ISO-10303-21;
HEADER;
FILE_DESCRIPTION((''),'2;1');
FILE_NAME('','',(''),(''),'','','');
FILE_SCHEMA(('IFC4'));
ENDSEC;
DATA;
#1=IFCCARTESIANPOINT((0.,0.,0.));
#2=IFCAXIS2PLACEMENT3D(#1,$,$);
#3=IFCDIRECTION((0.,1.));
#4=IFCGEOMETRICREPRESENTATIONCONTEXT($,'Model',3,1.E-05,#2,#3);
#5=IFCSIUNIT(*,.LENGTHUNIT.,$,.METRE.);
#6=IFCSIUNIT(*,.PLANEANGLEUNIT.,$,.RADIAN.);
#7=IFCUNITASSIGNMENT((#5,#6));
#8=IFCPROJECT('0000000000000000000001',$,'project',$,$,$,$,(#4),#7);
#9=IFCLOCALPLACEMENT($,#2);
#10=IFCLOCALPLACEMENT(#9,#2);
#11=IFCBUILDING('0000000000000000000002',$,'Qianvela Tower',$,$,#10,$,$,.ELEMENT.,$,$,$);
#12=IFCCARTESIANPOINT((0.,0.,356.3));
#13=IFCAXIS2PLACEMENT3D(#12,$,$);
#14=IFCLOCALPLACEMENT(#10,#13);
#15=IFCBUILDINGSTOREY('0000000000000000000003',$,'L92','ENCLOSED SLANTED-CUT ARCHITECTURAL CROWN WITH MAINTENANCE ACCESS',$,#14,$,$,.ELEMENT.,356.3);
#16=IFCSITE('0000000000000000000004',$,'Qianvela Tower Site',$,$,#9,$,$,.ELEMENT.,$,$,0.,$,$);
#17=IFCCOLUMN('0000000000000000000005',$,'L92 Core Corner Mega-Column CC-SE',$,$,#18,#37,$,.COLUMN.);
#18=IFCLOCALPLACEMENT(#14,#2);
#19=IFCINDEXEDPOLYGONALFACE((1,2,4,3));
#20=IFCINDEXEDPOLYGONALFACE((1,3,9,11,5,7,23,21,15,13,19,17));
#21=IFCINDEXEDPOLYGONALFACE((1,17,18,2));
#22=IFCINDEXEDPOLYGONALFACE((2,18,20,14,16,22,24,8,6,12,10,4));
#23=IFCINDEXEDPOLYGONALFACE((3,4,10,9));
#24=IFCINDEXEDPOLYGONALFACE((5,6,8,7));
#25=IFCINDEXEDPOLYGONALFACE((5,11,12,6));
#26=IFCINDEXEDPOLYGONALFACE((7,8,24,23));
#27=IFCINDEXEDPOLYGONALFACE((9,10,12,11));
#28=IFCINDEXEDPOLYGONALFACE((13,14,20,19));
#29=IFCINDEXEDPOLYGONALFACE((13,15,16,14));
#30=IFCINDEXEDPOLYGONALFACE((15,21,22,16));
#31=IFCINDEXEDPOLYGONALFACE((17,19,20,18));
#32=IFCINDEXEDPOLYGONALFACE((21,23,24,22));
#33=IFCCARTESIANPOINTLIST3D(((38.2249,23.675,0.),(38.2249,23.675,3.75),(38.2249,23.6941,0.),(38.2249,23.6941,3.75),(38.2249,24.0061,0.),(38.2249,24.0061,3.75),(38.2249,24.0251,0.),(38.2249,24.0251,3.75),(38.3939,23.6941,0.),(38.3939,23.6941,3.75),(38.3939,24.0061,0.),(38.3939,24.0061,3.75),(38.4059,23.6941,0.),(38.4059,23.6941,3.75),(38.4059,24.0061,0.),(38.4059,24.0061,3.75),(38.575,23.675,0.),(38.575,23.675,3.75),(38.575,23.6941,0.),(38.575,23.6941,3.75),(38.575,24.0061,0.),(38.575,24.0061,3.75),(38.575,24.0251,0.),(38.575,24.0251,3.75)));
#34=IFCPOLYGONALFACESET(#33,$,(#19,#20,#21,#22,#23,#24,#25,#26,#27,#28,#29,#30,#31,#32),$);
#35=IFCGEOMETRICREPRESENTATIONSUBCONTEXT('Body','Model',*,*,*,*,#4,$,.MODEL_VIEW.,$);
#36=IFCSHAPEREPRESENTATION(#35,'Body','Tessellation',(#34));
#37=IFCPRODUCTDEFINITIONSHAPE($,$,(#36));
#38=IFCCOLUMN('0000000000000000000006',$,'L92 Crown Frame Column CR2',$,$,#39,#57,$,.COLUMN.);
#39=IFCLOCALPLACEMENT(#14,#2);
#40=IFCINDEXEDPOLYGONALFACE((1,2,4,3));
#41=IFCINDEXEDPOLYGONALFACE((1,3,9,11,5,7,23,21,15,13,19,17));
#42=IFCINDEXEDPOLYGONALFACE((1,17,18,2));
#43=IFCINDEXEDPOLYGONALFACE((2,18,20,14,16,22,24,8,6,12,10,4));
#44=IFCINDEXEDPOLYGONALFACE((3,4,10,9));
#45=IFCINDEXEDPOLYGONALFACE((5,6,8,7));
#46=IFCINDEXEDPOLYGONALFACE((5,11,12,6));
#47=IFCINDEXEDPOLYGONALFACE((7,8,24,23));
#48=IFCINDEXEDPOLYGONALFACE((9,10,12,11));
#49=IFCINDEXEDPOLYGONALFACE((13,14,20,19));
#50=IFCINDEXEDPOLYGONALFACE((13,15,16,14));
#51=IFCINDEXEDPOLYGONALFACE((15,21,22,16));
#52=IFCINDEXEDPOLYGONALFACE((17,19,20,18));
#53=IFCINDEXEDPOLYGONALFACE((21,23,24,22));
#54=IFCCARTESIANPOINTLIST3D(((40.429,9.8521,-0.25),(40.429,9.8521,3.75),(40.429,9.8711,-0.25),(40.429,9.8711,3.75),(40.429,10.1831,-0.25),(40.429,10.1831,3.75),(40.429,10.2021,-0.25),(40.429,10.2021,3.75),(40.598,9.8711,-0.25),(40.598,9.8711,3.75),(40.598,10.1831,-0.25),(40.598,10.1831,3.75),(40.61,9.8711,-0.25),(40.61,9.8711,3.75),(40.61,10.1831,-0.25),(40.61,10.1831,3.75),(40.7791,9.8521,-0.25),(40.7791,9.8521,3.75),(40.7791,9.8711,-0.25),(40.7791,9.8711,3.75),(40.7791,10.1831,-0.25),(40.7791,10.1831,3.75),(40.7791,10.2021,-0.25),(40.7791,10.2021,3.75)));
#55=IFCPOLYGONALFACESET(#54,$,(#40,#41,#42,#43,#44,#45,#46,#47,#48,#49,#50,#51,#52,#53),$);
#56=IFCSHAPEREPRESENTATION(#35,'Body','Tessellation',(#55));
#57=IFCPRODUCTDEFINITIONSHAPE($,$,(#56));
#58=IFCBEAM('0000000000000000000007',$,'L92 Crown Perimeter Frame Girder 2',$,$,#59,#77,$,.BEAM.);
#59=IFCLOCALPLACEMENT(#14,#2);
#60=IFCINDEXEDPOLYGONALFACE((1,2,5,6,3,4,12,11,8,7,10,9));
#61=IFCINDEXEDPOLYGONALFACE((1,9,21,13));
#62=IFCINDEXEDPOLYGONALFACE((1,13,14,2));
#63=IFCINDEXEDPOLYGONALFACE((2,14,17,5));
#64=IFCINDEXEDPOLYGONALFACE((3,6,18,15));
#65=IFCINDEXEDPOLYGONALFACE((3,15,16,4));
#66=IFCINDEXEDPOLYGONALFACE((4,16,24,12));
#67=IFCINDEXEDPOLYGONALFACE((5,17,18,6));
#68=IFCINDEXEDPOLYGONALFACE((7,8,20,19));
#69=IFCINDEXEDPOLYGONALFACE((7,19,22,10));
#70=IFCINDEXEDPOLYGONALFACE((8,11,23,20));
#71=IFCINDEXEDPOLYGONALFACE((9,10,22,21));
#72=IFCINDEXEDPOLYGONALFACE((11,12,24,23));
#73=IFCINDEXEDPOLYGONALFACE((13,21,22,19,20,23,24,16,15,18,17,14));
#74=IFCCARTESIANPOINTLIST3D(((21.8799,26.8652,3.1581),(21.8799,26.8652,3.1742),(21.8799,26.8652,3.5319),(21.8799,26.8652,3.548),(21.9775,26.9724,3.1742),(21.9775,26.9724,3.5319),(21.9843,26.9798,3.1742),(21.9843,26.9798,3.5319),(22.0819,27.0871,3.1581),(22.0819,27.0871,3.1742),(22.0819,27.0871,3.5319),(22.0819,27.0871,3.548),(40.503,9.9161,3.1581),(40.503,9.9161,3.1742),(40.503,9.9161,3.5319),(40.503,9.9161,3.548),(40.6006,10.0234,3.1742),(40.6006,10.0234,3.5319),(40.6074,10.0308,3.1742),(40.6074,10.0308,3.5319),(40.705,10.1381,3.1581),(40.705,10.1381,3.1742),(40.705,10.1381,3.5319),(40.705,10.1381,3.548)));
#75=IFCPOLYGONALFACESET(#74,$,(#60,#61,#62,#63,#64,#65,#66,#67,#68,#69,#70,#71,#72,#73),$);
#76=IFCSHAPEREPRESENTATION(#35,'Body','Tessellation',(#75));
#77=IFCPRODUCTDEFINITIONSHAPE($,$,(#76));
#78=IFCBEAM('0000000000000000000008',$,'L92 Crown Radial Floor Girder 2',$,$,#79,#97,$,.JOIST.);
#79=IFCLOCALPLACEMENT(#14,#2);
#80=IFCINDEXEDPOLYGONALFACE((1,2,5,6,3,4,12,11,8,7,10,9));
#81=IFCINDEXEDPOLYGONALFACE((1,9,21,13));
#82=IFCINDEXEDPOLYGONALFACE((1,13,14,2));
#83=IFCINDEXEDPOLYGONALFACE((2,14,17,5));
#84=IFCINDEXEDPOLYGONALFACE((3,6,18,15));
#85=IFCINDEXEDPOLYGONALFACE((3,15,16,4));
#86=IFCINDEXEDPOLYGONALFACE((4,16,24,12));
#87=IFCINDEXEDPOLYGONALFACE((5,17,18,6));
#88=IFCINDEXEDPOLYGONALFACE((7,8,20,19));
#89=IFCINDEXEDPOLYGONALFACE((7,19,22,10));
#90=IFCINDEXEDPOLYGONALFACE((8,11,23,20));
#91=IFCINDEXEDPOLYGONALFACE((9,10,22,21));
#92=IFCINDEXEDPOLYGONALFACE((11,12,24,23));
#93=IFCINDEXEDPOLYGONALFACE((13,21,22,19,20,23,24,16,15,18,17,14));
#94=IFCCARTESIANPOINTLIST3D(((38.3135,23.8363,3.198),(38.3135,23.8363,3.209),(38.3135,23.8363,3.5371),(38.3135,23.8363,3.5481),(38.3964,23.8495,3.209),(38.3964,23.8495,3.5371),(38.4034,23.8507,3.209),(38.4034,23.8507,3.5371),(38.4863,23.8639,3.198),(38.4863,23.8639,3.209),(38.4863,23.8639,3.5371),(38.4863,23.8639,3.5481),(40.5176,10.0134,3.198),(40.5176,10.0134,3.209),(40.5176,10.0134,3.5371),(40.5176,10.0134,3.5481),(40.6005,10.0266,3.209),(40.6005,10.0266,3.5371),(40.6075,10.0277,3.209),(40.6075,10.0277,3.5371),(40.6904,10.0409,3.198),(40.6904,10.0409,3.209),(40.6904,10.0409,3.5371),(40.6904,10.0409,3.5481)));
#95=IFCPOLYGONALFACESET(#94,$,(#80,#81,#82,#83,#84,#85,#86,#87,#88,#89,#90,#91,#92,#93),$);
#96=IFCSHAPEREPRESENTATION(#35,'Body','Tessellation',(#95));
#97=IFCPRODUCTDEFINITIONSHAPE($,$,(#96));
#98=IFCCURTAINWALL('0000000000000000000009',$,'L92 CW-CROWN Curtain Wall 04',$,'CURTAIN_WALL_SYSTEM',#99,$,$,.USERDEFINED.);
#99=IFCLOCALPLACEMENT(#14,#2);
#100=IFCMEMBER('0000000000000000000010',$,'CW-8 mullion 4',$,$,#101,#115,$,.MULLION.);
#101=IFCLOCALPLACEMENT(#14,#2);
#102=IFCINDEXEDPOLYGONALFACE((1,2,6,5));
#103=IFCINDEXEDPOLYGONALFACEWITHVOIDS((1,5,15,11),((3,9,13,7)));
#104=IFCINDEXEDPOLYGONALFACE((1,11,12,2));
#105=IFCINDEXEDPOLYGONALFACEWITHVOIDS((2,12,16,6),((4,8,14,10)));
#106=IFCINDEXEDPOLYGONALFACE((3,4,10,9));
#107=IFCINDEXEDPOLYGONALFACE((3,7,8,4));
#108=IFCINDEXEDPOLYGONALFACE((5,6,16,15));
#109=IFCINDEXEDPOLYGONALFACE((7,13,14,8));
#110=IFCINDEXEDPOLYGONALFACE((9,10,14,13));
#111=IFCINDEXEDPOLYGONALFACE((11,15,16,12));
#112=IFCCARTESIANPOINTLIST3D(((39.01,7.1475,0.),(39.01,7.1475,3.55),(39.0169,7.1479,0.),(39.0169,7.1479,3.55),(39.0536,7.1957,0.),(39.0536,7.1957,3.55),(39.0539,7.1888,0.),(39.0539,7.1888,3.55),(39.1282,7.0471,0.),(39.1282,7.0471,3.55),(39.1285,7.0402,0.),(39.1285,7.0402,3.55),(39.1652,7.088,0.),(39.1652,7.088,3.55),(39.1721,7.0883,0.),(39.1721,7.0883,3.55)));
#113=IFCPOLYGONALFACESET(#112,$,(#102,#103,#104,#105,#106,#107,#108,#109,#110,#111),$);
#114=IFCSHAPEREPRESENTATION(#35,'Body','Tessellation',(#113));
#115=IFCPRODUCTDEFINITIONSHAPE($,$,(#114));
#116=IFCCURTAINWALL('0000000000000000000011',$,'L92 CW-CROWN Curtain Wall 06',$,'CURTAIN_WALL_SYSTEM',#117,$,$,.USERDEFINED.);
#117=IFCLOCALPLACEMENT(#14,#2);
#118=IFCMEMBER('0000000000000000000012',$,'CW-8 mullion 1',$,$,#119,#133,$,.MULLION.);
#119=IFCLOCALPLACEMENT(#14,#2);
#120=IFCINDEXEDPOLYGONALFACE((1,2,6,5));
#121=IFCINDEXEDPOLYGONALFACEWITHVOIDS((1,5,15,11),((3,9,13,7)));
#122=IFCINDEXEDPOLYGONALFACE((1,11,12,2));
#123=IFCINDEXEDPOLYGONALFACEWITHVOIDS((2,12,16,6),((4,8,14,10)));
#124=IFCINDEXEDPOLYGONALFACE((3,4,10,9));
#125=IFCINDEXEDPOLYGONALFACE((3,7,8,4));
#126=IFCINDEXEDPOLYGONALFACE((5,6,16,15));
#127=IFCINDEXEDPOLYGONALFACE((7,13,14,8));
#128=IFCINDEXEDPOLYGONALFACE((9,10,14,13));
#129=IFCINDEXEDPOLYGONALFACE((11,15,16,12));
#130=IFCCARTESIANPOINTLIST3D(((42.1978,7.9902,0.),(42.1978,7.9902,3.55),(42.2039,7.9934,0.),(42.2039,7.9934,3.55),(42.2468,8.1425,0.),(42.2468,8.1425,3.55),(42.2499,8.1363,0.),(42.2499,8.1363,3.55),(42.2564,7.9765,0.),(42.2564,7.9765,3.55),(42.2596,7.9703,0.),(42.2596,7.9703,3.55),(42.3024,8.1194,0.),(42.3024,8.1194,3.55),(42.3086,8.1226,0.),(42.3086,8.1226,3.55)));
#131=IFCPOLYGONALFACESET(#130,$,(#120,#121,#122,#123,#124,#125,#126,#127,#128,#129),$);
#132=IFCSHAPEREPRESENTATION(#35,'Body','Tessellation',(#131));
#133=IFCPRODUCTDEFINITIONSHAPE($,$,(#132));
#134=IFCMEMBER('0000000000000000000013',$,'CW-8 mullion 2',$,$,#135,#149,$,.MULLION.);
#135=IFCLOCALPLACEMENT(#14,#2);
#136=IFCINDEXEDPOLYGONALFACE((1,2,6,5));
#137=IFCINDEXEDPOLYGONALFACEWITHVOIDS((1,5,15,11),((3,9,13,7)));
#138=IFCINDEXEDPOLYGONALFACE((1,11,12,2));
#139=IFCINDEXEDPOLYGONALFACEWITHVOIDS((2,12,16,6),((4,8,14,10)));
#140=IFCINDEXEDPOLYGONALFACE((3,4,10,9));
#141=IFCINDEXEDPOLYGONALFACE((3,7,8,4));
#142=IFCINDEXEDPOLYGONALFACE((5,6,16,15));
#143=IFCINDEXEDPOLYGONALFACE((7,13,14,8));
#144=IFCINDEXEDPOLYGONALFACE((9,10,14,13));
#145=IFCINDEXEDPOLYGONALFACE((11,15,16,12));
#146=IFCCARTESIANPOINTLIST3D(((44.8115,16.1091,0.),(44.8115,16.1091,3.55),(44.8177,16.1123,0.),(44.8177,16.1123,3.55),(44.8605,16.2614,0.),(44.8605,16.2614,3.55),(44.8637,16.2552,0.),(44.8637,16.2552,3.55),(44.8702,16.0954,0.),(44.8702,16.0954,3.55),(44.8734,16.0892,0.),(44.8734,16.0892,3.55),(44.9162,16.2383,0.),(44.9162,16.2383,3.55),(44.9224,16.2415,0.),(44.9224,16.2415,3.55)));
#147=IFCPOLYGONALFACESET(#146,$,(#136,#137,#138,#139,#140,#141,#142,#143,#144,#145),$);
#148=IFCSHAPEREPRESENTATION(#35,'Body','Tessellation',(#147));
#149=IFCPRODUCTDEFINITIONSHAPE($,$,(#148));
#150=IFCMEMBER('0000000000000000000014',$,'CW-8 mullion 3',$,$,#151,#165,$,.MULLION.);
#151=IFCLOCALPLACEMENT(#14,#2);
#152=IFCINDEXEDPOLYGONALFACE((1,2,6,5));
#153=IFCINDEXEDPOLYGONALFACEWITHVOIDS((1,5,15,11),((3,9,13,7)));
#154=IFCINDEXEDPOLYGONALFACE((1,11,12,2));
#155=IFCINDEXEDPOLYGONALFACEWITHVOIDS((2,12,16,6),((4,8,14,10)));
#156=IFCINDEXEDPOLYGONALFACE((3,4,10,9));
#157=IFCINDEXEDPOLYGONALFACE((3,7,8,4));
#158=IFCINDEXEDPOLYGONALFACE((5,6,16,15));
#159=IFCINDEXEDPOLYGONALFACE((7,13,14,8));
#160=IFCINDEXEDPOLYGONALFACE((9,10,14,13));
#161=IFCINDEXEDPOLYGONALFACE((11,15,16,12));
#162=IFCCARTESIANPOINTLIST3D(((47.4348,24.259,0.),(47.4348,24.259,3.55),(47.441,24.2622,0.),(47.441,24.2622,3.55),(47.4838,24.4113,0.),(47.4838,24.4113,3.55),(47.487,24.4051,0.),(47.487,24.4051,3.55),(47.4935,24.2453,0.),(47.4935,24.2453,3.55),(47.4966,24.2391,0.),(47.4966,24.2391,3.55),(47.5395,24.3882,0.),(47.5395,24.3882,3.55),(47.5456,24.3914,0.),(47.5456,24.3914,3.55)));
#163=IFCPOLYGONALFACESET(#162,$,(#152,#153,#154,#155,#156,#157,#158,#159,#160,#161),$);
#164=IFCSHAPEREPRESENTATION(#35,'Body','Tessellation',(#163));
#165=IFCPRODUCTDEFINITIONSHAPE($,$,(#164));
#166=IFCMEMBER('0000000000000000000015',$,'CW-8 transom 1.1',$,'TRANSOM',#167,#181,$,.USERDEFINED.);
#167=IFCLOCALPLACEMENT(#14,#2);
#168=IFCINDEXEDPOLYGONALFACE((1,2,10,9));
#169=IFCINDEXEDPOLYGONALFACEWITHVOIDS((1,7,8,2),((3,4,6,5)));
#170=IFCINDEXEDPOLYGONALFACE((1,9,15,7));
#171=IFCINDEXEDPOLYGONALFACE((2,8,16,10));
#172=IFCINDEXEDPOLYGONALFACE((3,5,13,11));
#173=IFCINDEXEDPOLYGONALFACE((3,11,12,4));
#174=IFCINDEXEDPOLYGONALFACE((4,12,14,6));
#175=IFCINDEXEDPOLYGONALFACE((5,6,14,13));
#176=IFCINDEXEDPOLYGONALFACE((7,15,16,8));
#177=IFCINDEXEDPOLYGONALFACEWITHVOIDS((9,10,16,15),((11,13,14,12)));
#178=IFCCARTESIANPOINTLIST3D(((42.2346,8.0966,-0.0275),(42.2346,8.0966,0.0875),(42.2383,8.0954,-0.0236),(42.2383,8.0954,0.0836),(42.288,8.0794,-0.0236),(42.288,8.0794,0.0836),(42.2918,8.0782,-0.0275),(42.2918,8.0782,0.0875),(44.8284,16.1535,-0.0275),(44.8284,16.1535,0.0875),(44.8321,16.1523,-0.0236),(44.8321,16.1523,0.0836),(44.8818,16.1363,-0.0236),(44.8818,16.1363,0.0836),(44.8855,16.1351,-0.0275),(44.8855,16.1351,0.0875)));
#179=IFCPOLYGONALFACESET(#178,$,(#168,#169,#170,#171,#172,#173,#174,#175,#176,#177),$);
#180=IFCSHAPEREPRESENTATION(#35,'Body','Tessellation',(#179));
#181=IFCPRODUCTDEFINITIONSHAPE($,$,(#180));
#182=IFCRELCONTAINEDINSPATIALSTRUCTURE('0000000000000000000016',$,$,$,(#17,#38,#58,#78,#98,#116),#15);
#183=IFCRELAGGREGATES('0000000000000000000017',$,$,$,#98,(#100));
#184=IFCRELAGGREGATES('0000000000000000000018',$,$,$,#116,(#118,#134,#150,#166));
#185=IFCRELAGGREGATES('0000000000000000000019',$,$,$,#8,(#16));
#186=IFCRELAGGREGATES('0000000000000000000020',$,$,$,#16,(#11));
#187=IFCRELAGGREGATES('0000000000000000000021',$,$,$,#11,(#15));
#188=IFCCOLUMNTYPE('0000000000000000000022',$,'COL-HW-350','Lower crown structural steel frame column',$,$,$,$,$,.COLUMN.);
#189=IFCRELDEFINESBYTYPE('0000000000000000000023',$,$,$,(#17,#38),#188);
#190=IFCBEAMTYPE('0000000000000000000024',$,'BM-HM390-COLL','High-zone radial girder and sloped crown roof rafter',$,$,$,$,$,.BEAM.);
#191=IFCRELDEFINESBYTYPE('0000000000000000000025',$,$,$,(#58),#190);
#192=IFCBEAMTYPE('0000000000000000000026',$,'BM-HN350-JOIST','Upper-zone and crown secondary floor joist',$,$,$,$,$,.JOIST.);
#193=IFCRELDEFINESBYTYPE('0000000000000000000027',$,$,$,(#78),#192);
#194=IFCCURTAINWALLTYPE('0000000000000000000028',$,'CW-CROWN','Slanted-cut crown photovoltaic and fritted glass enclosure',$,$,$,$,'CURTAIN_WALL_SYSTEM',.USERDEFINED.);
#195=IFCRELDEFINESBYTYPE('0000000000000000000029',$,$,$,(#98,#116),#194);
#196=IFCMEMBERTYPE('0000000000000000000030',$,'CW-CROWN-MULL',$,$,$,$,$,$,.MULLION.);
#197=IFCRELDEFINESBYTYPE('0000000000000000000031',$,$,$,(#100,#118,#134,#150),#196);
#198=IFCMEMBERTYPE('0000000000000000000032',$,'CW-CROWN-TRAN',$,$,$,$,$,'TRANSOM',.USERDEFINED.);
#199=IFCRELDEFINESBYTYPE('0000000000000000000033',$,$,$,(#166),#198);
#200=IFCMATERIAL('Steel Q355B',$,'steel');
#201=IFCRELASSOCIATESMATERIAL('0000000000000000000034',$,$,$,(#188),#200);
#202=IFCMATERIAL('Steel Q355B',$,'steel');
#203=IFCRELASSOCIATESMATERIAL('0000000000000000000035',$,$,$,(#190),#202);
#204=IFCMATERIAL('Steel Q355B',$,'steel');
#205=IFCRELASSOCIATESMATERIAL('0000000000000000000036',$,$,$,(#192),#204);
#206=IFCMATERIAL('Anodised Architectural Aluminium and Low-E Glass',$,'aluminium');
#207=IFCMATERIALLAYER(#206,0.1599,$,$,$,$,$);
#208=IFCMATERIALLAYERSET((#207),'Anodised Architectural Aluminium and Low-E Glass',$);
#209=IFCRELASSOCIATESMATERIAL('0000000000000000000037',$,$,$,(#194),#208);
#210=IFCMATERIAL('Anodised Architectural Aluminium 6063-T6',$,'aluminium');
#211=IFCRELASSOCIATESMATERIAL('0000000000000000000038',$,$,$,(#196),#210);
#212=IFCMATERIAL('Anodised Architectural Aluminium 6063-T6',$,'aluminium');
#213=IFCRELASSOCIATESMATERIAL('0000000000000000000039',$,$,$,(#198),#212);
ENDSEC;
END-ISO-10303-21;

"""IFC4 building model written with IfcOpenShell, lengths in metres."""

from ifc_helpers import new_model, si_unit, direction, frame, origin, origin_2d, place, context, subcontext, project, spatial, hollow_rectangle, i_section, extrude, material, layer, layer_set, material_profile, profile_set, type_object, element, aggregate, save


model = new_model("IFC4")

# Units and contexts
model_context = context("Model", 3, precision=1e-05, world=origin(), true_north=direction((0.0, 1.0)))
body_context = subcontext(model_context, "Body", "Model", "MODEL_VIEW")
ifc_project = project(units=[si_unit("LENGTHUNIT", "METRE"), si_unit("PLANEANGLEUNIT", "RADIAN")], contexts=[model_context])

# Site, building, storey
site_placement = place(None, origin())
site = spatial("IfcSite", under=ifc_project, at=site_placement, Name="Qianvela Tower Site", CompositionType="ELEMENT", RefElevation=0.0)
building_placement = place(site_placement, origin())
building = spatial("IfcBuilding", under=site, at=building_placement, Name="Qianvela Tower", CompositionType="ELEMENT")
storey_placement = place(building_placement, frame((0.0, 0.0, 356.3)))
storey = spatial("IfcBuildingStorey", under=building, at=storey_placement, Name="L92", Description="ENCLOSED SLANTED-CUT ARCHITECTURAL CROWN WITH MAINTENANCE ACCESS", CompositionType="ELEMENT", Elevation=356.3)

# Columns
ifc_material_1 = material(Name="Steel Q355B", Category="steel")
ifc_material_profile_1 = material_profile(ifc_material_1, i_section(OverallWidth=0.3501, OverallDepth=0.3501, WebThickness=0.012, FlangeThickness=0.019, at=origin_2d()), Name="HW350x350x12x19")
ifc_profile_set_1 = profile_set([ifc_material_profile_1], Name="Steel Q355B")
column_type = type_object("IfcColumnType", Name="COL-HW-350", Description="Lower crown structural steel frame column", PredefinedType="COLUMN", material=ifc_profile_set_1)
column_1_placement = place(storey_placement, frame((38.3999, 23.8501, 0.0), z_axis=(0.0, 0.0, 1.0), x_axis=(1.0, 0.0, 0.0)))
element("IfcColumn", 1, at=column_1_placement, inside=storey, type_object=column_type, Name="L92 Core Corner Mega-Column CC-SE", PredefinedType="COLUMN", context=body_context, shape_type="SweptSolid", body=[
    extrude(i_section(OverallWidth=0.3501, OverallDepth=0.3501, WebThickness=0.012, FlangeThickness=0.019, at=origin_2d()), origin(), (0.0, 0.0, 1.0), 3.75),
])
column_2_placement = place(storey_placement, frame((40.604, 10.0271, -0.25), z_axis=(0.0, 0.0, 1.0), x_axis=(1.0, 0.0, 0.0)))
element("IfcColumn", 2, at=column_2_placement, inside=storey, type_object=column_type, Name="L92 Crown Frame Column CR2", PredefinedType="COLUMN", context=body_context, shape_type="SweptSolid", body=[
    extrude(i_section(OverallWidth=0.3501, OverallDepth=0.3501, WebThickness=0.012, FlangeThickness=0.019, at=origin_2d()), origin(), (0.0, 0.0, 1.0), 4.0),
])

# Beams
ifc_material_2 = material(Name="Steel Q355B", Category="steel")
ifc_material_profile_2 = material_profile(ifc_material_2, i_section(OverallWidth=0.3, OverallDepth=0.3899, WebThickness=0.01, FlangeThickness=0.0161, at=origin_2d()), Name="HM390x300x10x16")
ifc_profile_set_2 = profile_set([ifc_material_profile_2], Name="Steel Q355B")
beam_type_1 = type_object("IfcBeamType", Name="BM-HM390-COLL", Description="High-zone radial girder and sloped crown roof rafter", PredefinedType="BEAM", material=ifc_profile_set_2)
beam_1_placement = place(storey_placement, frame((40.604, 10.0271, 3.353), z_axis=(-0.739566, 0.673084, 0.0), x_axis=(-0.673084, -0.739566, 0.0)))
element("IfcBeam", 3, at=beam_1_placement, inside=storey, type_object=beam_type_1, Name="L92 Crown Perimeter Frame Girder 2", PredefinedType="BEAM", context=body_context, shape_type="SweptSolid", body=[
    extrude(i_section(OverallWidth=0.3, OverallDepth=0.3899, WebThickness=0.01, FlangeThickness=0.0161, at=origin_2d()), origin(), (0.0, 0.0, 1.0), 25.1812),
])
ifc_material_3 = material(Name="Steel Q355B", Category="steel")
ifc_material_profile_3 = material_profile(ifc_material_3, i_section(OverallWidth=0.175, OverallDepth=0.3501, WebThickness=0.0071, FlangeThickness=0.011, at=origin_2d()), Name="HN350x175x7x11")
ifc_profile_set_3 = profile_set([ifc_material_profile_3], Name="Steel Q355B")
beam_type_2 = type_object("IfcBeamType", Name="BM-HN350-JOIST", Description="Upper-zone and crown secondary floor joist", PredefinedType="JOIST", material=ifc_profile_set_3)
beam_2_placement = place(storey_placement, frame((38.3999, 23.8501, 3.373), z_axis=(0.157463, -0.987525, 0.0), x_axis=(0.987525, 0.157463, 0.0)))
element("IfcBeam", 4, at=beam_2_placement, inside=storey, type_object=beam_type_2, Name="L92 Crown Radial Floor Girder 2", PredefinedType="JOIST", context=body_context, shape_type="SweptSolid", body=[
    extrude(i_section(OverallWidth=0.175, OverallDepth=0.3501, WebThickness=0.0071, FlangeThickness=0.011, at=origin_2d()), origin(), (0.0, 0.0, 1.0), 13.9976),
])

# Curtain wall, member
ifc_material_4 = material(Name="Anodised Architectural Aluminium and Low-E Glass", Category="aluminium")
ifc_layer_1 = layer(ifc_material_4, 0.1599)
ifc_layer_set_1 = layer_set([ifc_layer_1], Name="Anodised Architectural Aluminium and Low-E Glass")
curtain_wall_type = type_object("IfcCurtainWallType", Name="CW-CROWN", Description="Slanted-cut crown photovoltaic and fritted glass enclosure", ElementType="CURTAIN_WALL_SYSTEM", PredefinedType="USERDEFINED", material=ifc_layer_set_1)
curtain_wall_1_placement = place(storey_placement, origin())
curtain_wall_1 = element("IfcCurtainWall", 5, at=curtain_wall_1_placement, inside=storey, type_object=curtain_wall_type, Name="L92 CW-CROWN Curtain Wall 04", ObjectType="CURTAIN_WALL_SYSTEM", PredefinedType="USERDEFINED")
ifc_material_5 = material(Name="Anodised Architectural Aluminium 6063-T6", Category="aluminium")
ifc_material_profile_4 = material_profile(ifc_material_5, hollow_rectangle(XDim=0.0649, YDim=0.1599, WallThickness=0.0049, at=origin_2d()), Name="ALU-MULL-65x160")
ifc_profile_set_4 = profile_set([ifc_material_profile_4], Name="Anodised Architectural Aluminium 6063-T6")
member_type_1 = type_object("IfcMemberType", Name="CW-CROWN-MULL", PredefinedType="MULLION", material=ifc_profile_set_4)
member_1_placement = place(storey_placement, frame((39.0911, 7.1179, 0.0), z_axis=(0.0, 0.0, 1.0), x_axis=(0.671202, 0.741275, 0.0)))
member_1 = element("IfcMember", 6, at=member_1_placement, type_object=member_type_1, Name="CW-8 mullion 4", PredefinedType="MULLION", context=body_context, shape_type="SweptSolid", body=[
    extrude(hollow_rectangle(XDim=0.0649, YDim=0.1599, WallThickness=0.0049, at=origin_2d()), origin(), (0.0, 0.0, 1.0), 3.55),
])
aggregate(curtain_wall_1, [member_1])

# Curtain wall, members
curtain_wall_2_placement = place(storey_placement, origin())
curtain_wall_2 = element("IfcCurtainWall", 7, at=curtain_wall_2_placement, inside=storey, type_object=curtain_wall_type, Name="L92 CW-CROWN Curtain Wall 06", ObjectType="CURTAIN_WALL_SYSTEM", PredefinedType="USERDEFINED")
member_2_placement = place(storey_placement, frame((42.2532, 8.0564, 0.0), z_axis=(0.0, 0.0, 1.0), x_axis=(-0.951894, 0.306426, 0.0)))
member_2 = element("IfcMember", 8, at=member_2_placement, type_object=member_type_1, Name="CW-8 mullion 1", PredefinedType="MULLION", context=body_context, shape_type="SweptSolid", body=[
    extrude(hollow_rectangle(XDim=0.0649, YDim=0.1599, WallThickness=0.0049, at=origin_2d()), origin(), (0.0, 0.0, 1.0), 3.55),
])
member_3_placement = place(storey_placement, frame((44.8669, 16.1753, 0.0), z_axis=(0.0, 0.0, 1.0), x_axis=(-0.951894, 0.306426, 0.0)))
member_3 = element("IfcMember", 9, at=member_3_placement, type_object=member_type_1, Name="CW-8 mullion 2", PredefinedType="MULLION", context=body_context, shape_type="SweptSolid", body=[
    extrude(hollow_rectangle(XDim=0.0649, YDim=0.1599, WallThickness=0.0049, at=origin_2d()), origin(), (0.0, 0.0, 1.0), 3.55),
])
member_4_placement = place(storey_placement, frame((47.4902, 24.3252, 0.0), z_axis=(0.0, 0.0, 1.0), x_axis=(-0.951894, 0.306426, 0.0)))
member_4 = element("IfcMember", 10, at=member_4_placement, type_object=member_type_1, Name="CW-8 mullion 3", PredefinedType="MULLION", context=body_context, shape_type="SweptSolid", body=[
    extrude(hollow_rectangle(XDim=0.0649, YDim=0.1599, WallThickness=0.0049, at=origin_2d()), origin(), (0.0, 0.0, 1.0), 3.55),
])
ifc_material_6 = material(Name="Anodised Architectural Aluminium 6063-T6", Category="aluminium")
ifc_material_profile_5 = material_profile(ifc_material_6, hollow_rectangle(XDim=0.0601, YDim=0.115, WallThickness=0.0039, at=origin_2d()), Name="ALU-TRAN-60x115")
ifc_profile_set_5 = profile_set([ifc_material_profile_5], Name="Anodised Architectural Aluminium 6063-T6")
member_type_2 = type_object("IfcMemberType", Name="CW-CROWN-TRAN", ElementType="TRANSOM", PredefinedType="USERDEFINED", material=ifc_profile_set_5)
member_5_placement = place(storey_placement, frame((42.2632, 8.0874, 0.03), z_axis=(0.306441, 0.95189, 0.0), x_axis=(-0.95189, 0.306441, 0.0)))
member_5 = element("IfcMember", 11, at=member_5_placement, type_object=member_type_2, Name="CW-8 transom 1.1", ObjectType="TRANSOM", PredefinedType="USERDEFINED", context=body_context, shape_type="SweptSolid", body=[
    extrude(hollow_rectangle(XDim=0.0601, YDim=0.115, WallThickness=0.0039, at=origin_2d()), origin(), (0.0, 0.0, 1.0), 8.4641),
])
aggregate(curtain_wall_2, [member_2, member_3, member_4, member_5])

save(model, "model.ifc")
